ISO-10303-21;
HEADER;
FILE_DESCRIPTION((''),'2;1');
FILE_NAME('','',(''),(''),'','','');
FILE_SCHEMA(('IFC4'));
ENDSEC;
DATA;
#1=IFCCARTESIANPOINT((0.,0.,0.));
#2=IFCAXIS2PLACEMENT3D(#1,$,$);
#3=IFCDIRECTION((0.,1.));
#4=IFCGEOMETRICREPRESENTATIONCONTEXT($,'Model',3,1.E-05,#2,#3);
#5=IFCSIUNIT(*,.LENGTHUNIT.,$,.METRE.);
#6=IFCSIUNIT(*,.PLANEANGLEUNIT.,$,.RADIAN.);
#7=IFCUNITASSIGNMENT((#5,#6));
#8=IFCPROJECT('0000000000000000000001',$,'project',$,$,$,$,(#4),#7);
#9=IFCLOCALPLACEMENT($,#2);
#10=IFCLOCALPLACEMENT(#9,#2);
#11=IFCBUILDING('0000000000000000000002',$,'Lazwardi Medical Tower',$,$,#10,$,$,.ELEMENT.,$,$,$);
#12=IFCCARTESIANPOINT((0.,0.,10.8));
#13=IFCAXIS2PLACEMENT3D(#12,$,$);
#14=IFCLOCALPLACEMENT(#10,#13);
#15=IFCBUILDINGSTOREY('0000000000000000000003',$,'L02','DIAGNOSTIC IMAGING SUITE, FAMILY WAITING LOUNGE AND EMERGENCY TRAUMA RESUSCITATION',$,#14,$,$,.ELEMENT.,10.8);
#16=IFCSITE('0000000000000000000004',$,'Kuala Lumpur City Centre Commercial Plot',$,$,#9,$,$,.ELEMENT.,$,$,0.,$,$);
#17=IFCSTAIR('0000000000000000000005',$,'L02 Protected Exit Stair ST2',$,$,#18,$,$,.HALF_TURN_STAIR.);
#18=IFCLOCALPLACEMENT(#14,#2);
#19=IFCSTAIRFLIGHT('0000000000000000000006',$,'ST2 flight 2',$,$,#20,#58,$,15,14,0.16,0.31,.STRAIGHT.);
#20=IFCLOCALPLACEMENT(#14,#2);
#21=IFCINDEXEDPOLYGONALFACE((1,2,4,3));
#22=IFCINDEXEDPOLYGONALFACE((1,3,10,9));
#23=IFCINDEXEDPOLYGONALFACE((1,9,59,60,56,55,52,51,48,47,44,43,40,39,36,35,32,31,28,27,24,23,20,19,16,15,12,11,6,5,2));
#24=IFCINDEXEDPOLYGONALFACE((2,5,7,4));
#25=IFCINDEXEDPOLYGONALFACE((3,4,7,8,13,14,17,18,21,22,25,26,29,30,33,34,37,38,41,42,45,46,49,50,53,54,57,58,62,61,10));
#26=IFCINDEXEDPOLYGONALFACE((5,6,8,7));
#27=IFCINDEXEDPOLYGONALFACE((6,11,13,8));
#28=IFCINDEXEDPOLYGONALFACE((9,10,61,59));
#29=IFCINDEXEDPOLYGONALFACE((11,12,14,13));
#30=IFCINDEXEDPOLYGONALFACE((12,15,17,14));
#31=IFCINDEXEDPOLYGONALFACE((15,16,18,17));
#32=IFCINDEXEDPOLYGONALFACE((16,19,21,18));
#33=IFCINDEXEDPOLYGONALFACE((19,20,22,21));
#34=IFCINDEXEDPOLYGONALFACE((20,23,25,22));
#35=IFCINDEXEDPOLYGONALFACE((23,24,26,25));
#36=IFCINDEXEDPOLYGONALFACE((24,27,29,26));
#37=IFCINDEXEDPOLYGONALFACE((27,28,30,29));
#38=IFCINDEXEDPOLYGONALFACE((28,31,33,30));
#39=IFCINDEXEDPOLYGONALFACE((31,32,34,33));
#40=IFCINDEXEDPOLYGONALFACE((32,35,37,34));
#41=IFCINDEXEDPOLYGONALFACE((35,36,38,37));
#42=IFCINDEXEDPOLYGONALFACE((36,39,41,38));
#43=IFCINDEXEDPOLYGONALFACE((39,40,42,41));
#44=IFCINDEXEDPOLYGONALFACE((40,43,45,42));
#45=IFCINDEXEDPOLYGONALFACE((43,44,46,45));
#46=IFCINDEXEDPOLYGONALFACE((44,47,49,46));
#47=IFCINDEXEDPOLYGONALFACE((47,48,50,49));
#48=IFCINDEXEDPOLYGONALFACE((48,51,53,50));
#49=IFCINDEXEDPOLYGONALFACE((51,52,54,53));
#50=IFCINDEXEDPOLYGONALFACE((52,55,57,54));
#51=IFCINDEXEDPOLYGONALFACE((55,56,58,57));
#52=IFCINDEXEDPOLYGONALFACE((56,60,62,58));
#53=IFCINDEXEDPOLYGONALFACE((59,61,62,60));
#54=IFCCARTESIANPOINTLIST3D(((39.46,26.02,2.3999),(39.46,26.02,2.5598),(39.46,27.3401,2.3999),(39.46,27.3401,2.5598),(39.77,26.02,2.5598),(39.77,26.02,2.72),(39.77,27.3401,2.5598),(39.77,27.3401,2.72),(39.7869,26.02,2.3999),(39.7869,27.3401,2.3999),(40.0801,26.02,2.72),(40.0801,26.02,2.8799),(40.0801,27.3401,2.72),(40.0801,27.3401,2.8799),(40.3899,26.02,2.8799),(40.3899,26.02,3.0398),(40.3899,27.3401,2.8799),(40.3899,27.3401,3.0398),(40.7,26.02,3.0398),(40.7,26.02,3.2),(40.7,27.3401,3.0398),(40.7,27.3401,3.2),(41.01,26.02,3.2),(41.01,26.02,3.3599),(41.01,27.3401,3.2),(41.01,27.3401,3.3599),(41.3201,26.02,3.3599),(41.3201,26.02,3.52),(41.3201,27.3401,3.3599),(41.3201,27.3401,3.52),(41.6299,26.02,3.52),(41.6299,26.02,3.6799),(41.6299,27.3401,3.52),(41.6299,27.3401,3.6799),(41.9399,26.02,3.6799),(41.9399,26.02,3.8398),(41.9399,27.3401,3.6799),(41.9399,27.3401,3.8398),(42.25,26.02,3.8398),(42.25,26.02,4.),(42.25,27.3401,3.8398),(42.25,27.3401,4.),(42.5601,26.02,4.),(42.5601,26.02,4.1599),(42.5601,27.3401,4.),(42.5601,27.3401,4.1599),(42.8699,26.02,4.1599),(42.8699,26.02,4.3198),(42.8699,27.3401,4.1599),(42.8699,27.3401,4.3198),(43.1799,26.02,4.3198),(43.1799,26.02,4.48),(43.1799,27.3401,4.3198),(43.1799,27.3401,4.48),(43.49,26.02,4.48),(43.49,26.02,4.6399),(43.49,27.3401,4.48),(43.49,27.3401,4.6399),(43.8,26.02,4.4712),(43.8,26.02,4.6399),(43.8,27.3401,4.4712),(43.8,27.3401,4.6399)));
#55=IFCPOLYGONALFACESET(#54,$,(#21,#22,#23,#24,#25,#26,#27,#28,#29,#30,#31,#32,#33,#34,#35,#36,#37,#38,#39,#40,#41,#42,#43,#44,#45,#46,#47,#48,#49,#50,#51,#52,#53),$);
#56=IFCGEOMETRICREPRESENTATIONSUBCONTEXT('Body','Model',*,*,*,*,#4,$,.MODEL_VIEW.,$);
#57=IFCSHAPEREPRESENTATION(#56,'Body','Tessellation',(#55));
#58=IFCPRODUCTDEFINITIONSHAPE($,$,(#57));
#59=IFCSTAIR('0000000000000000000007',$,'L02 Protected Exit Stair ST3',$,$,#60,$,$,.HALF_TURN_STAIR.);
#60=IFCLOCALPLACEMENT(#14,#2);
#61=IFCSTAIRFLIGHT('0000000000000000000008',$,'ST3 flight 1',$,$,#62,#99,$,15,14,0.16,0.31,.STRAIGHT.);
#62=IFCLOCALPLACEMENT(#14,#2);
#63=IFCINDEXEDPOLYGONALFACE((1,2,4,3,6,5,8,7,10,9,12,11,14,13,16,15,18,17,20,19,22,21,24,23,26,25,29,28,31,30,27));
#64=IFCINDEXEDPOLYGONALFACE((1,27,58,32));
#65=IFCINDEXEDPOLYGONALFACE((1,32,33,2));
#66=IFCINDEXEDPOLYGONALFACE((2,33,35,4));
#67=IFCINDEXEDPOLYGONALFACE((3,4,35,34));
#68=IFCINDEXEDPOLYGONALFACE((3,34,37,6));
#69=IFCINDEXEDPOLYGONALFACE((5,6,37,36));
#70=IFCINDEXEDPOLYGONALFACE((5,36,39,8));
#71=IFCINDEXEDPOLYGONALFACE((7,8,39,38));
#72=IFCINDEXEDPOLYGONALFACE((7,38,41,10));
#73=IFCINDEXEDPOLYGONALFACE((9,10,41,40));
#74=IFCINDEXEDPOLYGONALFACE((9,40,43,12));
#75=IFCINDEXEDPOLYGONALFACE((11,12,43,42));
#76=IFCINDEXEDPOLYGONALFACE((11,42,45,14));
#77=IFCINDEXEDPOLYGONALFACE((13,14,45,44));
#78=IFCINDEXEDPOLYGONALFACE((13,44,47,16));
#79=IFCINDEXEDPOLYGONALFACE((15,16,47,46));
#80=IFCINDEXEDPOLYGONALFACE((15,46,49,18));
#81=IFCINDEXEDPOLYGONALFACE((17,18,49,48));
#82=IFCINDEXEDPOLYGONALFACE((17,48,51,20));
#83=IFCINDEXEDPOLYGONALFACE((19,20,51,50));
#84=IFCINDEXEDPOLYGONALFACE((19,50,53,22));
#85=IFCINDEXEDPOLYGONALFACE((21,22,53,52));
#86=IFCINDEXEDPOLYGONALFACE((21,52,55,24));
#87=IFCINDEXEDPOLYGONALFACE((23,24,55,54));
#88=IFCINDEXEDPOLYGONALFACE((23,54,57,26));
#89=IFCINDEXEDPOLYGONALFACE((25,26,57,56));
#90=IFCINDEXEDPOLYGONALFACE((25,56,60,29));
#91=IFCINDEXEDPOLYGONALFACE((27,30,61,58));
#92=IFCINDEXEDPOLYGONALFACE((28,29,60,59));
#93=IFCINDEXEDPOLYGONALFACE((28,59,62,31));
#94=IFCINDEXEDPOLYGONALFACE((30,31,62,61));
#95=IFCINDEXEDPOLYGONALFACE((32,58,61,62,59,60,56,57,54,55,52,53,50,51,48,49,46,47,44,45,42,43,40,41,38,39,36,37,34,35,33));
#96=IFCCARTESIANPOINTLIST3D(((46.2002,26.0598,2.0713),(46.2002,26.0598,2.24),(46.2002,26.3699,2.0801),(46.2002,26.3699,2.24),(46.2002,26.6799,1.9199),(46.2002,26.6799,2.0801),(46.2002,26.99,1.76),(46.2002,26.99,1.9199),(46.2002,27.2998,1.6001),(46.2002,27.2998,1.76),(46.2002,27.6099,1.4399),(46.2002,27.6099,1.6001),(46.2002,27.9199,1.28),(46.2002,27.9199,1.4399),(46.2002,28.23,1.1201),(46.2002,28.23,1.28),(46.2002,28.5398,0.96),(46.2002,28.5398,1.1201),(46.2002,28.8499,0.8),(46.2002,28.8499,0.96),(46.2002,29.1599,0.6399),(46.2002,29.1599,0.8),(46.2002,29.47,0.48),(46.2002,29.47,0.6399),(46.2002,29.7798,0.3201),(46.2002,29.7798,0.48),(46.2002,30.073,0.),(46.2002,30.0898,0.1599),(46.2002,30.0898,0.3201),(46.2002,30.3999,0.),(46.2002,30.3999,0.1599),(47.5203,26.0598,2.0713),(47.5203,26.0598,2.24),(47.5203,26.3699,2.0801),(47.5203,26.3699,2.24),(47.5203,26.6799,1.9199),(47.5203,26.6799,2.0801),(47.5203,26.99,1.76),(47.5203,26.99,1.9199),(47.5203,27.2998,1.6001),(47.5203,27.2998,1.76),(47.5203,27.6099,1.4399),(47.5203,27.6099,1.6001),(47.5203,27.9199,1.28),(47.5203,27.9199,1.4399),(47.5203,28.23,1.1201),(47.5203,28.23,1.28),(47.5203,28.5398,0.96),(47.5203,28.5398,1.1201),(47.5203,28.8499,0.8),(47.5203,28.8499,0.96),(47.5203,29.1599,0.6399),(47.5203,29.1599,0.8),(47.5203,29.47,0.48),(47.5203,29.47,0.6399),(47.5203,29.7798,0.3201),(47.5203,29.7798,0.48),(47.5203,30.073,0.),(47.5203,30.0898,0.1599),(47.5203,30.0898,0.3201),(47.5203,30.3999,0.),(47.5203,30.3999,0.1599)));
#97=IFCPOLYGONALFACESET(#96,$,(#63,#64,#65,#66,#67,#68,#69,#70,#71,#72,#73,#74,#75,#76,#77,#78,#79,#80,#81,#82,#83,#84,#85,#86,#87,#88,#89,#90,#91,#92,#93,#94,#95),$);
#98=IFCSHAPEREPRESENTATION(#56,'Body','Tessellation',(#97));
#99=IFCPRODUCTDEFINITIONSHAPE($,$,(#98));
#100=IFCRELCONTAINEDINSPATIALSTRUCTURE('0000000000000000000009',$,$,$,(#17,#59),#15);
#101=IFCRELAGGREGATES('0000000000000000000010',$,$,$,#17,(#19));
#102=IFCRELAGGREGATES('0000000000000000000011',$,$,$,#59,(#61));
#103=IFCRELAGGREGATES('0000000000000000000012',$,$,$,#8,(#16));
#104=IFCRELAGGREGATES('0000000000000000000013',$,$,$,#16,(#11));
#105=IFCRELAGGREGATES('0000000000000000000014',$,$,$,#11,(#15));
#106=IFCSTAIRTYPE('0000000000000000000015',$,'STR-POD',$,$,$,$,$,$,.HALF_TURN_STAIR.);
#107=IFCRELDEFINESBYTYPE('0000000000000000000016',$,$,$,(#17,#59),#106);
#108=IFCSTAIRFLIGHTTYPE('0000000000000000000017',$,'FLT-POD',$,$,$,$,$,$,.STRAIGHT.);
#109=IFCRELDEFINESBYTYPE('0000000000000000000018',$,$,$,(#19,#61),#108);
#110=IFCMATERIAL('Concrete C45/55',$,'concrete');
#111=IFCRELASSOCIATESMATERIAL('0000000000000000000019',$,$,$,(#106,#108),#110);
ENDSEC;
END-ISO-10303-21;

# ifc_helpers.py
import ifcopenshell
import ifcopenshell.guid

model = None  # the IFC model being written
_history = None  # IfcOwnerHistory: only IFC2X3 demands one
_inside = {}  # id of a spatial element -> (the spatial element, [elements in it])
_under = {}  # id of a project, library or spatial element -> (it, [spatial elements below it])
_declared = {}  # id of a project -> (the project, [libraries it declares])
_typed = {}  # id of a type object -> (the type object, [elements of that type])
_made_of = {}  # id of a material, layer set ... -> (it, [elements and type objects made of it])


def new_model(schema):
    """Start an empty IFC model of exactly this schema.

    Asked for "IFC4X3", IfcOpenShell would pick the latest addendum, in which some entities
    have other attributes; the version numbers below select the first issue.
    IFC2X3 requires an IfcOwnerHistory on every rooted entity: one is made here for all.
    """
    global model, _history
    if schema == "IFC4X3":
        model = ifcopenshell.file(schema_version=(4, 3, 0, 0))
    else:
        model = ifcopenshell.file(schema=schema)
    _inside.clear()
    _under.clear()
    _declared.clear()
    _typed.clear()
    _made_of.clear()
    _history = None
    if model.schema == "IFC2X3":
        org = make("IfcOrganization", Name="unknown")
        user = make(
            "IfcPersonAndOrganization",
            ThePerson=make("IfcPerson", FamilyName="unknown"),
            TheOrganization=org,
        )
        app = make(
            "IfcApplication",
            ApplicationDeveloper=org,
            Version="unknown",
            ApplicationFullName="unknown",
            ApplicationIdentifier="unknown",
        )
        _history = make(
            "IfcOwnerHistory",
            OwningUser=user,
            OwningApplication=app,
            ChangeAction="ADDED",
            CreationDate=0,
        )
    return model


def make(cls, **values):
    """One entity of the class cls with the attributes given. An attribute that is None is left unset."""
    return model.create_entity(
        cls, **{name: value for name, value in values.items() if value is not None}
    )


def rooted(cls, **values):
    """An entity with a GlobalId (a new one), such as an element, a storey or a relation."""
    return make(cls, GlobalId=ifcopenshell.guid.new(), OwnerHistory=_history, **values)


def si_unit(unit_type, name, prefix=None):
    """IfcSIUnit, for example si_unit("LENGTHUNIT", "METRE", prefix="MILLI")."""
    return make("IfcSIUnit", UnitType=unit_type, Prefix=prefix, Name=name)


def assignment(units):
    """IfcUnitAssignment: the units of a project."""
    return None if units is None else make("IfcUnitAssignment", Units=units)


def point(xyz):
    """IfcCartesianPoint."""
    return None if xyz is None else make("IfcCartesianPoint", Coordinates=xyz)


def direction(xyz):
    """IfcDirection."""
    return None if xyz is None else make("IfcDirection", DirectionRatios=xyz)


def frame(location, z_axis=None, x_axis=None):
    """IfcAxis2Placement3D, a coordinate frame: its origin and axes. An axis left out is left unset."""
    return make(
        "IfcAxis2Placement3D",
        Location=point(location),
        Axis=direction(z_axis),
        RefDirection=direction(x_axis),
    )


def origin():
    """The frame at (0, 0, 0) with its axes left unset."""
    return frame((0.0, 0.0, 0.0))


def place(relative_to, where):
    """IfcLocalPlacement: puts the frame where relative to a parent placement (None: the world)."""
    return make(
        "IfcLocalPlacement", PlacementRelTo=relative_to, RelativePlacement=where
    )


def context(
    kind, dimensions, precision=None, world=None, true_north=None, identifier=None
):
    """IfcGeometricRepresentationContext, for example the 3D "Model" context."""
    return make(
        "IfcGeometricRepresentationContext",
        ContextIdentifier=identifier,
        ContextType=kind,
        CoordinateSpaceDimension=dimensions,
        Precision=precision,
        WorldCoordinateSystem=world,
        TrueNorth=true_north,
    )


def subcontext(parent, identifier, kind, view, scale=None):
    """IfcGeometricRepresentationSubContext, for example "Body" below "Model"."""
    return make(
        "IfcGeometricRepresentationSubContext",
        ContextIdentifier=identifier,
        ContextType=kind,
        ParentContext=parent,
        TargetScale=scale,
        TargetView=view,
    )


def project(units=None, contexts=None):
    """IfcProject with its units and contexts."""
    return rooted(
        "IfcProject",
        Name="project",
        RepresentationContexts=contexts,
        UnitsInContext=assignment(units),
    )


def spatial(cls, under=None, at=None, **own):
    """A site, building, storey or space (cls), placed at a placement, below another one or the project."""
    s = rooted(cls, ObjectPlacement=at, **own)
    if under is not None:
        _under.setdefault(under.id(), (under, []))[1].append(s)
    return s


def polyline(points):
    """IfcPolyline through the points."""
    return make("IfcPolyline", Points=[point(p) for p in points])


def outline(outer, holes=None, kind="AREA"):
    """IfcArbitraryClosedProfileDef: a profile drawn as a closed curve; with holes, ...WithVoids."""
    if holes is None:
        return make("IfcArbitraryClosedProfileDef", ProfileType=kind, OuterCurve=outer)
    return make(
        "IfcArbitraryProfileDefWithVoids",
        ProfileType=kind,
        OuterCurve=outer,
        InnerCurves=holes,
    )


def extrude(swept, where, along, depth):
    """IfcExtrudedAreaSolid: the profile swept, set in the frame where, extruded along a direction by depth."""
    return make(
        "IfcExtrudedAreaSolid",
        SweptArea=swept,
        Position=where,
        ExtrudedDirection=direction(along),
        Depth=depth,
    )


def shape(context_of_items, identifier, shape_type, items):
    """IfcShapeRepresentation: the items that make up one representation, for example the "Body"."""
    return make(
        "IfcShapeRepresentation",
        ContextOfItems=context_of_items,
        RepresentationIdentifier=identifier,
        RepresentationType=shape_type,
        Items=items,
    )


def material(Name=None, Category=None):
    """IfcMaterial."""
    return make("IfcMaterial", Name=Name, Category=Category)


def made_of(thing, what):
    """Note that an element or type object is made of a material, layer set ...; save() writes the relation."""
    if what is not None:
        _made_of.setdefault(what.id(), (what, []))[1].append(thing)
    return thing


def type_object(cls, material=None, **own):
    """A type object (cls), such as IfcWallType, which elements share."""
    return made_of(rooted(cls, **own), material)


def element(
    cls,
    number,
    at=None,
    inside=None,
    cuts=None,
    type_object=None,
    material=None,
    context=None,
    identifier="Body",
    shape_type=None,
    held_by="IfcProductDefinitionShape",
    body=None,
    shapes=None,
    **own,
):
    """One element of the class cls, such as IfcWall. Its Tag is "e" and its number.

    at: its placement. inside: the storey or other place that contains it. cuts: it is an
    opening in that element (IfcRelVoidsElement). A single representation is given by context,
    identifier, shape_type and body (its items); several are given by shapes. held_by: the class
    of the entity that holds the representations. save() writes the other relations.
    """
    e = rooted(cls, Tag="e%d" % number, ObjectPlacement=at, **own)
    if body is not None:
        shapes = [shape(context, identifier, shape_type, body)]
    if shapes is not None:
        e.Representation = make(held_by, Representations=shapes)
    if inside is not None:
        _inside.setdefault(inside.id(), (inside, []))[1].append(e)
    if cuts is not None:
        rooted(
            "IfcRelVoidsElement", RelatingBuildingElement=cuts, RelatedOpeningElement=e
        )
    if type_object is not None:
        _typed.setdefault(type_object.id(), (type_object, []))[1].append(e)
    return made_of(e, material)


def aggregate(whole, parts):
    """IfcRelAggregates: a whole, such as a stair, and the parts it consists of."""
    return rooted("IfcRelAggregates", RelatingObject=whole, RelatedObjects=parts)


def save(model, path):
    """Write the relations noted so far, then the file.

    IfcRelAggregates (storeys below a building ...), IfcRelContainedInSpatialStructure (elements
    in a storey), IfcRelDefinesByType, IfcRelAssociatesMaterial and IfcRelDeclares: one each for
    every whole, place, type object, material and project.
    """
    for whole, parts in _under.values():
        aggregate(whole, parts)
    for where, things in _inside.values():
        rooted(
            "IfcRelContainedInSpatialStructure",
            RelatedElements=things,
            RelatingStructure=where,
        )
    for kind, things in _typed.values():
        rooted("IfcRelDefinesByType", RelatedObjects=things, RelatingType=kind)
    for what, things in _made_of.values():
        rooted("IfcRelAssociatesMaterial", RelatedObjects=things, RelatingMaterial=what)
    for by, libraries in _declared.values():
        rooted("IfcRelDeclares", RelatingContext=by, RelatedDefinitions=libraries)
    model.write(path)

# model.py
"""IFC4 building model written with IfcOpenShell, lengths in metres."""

from ifc_helpers import new_model, si_unit, direction, frame, origin, place, context, subcontext, project, spatial, polyline, outline, extrude, material, type_object, element, aggregate, save


model = new_model("IFC4")

# Units and contexts
model_context = context("Model", 3, precision=1e-05, world=origin(), true_north=direction((0.0, 1.0)))
body_context = subcontext(model_context, "Body", "Model", "MODEL_VIEW")
ifc_project = project(units=[si_unit("LENGTHUNIT", "METRE"), si_unit("PLANEANGLEUNIT", "RADIAN")], contexts=[model_context])

# Site, building, storey
site_placement = place(None, origin())
site = spatial("IfcSite", under=ifc_project, at=site_placement, Name="Kuala Lumpur City Centre Commercial Plot", CompositionType="ELEMENT", RefElevation=0.0)
building_placement = place(site_placement, origin())
building = spatial("IfcBuilding", under=site, at=building_placement, Name="Lazwardi Medical Tower", CompositionType="ELEMENT")
storey_placement = place(building_placement, frame((0.0, 0.0, 10.8)))
storey = spatial("IfcBuildingStorey", under=building, at=storey_placement, Name="L02", Description="DIAGNOSTIC IMAGING SUITE, FAMILY WAITING LOUNGE AND EMERGENCY TRAUMA RESUSCITATION", CompositionType="ELEMENT", Elevation=10.8)

# Stair, stair flight
ifc_material_1 = material(Name="Concrete C45/55", Category="concrete")
stair_type = type_object("IfcStairType", Name="STR-POD", PredefinedType="HALF_TURN_STAIR", material=ifc_material_1)
stair_1_placement = place(storey_placement, origin())
stair_1 = element("IfcStair", 1, at=stair_1_placement, inside=storey, type_object=stair_type, Name="L02 Protected Exit Stair ST2", PredefinedType="HALF_TURN_STAIR")
stair_flight_type = type_object("IfcStairFlightType", Name="FLT-POD", PredefinedType="STRAIGHT", material=ifc_material_1)
stair_flight_1_placement = place(storey_placement, frame((39.46, 26.6799, 2.3999), z_axis=(0.0, 0.0, 1.0), x_axis=(1.0, 0.0, 0.0)))
stair_flight_1 = element("IfcStairFlight", 2, at=stair_flight_1_placement, type_object=stair_flight_type, Name="ST2 flight 2", NumberOfRisers=15, NumberOfTreads=14, PredefinedType="STRAIGHT", RiserHeight=0.16, TreadLength=0.31, context=body_context, shape_type="SweptSolid", body=[
    extrude(outline(polyline([(0.0, 0.0), (0.0, 0.1599), (0.3101, 0.1599), (0.3101, 0.3201), (0.6201, 0.3201), (0.6201, 0.48), (0.9299, 0.48), (0.9299, 0.6399), (1.24, 0.6399), (1.24, 0.8), (1.55, 0.8), (1.55, 0.96), (1.8601, 0.96), (1.8601, 1.1201), (2.1699, 1.1201), (2.1699, 1.28), (2.48, 1.28), (2.48, 1.4399), (2.79, 1.4399), (2.79, 1.6001), (3.1001, 1.6001), (3.1001, 1.76), (3.4099, 1.76), (3.4099, 1.9199), (3.72, 1.9199), (3.72, 2.0801), (4.03, 2.0801), (4.03, 2.24), (4.3401, 2.24), (4.3401, 2.3999), (4.3401, 2.0713), (0.3269, 0.0), (0.0, 0.0)])), frame((0.0, 0.6602, 0.0), z_axis=(0.0, -1.0, 0.0), x_axis=(1.0, 0.0, 0.0)), (0.0, 0.0, 1.0), 1.3201),
])
aggregate(stair_1, [stair_flight_1])

# Stair, stair flight
stair_2_placement = place(storey_placement, origin())
stair_2 = element("IfcStair", 3, at=stair_2_placement, inside=storey, type_object=stair_type, Name="L02 Protected Exit Stair ST3", PredefinedType="HALF_TURN_STAIR")
stair_flight_2_placement = place(storey_placement, frame((46.8601, 30.3999, 0.0), z_axis=(0.0, 0.0, 1.0), x_axis=(0.0, -1.0, 0.0)))
stair_flight_2 = element("IfcStairFlight", 4, at=stair_flight_2_placement, type_object=stair_flight_type, Name="ST3 flight 1", NumberOfRisers=15, NumberOfTreads=14, PredefinedType="STRAIGHT", RiserHeight=0.16, TreadLength=0.31, context=body_context, shape_type="SweptSolid", body=[
    extrude(outline(polyline([(0.0, 0.0), (0.0, 0.1599), (0.3101, 0.1599), (0.3101, 0.3201), (0.6201, 0.3201), (0.6201, 0.48), (0.9299, 0.48), (0.9299, 0.6399), (1.24, 0.6399), (1.24, 0.8), (1.55, 0.8), (1.55, 0.96), (1.8601, 0.96), (1.8601, 1.1201), (2.1699, 1.1201), (2.1699, 1.28), (2.48, 1.28), (2.48, 1.4399), (2.79, 1.4399), (2.79, 1.6001), (3.1001, 1.6001), (3.1001, 1.76), (3.4099, 1.76), (3.4099, 1.9199), (3.72, 1.9199), (3.72, 2.0801), (4.03, 2.0801), (4.03, 2.24), (4.3401, 2.24), (4.3401, 2.3999), (4.3401, 2.0713), (0.3269, 0.0), (0.0, 0.0)])), frame((0.0, 0.6602, 0.0), z_axis=(0.0, -1.0, 0.0), x_axis=(1.0, 0.0, 0.0)), (0.0, 0.0, 1.0), 1.3201),
])
aggregate(stair_2, [stair_flight_2])

save(model, "model.ifc")
